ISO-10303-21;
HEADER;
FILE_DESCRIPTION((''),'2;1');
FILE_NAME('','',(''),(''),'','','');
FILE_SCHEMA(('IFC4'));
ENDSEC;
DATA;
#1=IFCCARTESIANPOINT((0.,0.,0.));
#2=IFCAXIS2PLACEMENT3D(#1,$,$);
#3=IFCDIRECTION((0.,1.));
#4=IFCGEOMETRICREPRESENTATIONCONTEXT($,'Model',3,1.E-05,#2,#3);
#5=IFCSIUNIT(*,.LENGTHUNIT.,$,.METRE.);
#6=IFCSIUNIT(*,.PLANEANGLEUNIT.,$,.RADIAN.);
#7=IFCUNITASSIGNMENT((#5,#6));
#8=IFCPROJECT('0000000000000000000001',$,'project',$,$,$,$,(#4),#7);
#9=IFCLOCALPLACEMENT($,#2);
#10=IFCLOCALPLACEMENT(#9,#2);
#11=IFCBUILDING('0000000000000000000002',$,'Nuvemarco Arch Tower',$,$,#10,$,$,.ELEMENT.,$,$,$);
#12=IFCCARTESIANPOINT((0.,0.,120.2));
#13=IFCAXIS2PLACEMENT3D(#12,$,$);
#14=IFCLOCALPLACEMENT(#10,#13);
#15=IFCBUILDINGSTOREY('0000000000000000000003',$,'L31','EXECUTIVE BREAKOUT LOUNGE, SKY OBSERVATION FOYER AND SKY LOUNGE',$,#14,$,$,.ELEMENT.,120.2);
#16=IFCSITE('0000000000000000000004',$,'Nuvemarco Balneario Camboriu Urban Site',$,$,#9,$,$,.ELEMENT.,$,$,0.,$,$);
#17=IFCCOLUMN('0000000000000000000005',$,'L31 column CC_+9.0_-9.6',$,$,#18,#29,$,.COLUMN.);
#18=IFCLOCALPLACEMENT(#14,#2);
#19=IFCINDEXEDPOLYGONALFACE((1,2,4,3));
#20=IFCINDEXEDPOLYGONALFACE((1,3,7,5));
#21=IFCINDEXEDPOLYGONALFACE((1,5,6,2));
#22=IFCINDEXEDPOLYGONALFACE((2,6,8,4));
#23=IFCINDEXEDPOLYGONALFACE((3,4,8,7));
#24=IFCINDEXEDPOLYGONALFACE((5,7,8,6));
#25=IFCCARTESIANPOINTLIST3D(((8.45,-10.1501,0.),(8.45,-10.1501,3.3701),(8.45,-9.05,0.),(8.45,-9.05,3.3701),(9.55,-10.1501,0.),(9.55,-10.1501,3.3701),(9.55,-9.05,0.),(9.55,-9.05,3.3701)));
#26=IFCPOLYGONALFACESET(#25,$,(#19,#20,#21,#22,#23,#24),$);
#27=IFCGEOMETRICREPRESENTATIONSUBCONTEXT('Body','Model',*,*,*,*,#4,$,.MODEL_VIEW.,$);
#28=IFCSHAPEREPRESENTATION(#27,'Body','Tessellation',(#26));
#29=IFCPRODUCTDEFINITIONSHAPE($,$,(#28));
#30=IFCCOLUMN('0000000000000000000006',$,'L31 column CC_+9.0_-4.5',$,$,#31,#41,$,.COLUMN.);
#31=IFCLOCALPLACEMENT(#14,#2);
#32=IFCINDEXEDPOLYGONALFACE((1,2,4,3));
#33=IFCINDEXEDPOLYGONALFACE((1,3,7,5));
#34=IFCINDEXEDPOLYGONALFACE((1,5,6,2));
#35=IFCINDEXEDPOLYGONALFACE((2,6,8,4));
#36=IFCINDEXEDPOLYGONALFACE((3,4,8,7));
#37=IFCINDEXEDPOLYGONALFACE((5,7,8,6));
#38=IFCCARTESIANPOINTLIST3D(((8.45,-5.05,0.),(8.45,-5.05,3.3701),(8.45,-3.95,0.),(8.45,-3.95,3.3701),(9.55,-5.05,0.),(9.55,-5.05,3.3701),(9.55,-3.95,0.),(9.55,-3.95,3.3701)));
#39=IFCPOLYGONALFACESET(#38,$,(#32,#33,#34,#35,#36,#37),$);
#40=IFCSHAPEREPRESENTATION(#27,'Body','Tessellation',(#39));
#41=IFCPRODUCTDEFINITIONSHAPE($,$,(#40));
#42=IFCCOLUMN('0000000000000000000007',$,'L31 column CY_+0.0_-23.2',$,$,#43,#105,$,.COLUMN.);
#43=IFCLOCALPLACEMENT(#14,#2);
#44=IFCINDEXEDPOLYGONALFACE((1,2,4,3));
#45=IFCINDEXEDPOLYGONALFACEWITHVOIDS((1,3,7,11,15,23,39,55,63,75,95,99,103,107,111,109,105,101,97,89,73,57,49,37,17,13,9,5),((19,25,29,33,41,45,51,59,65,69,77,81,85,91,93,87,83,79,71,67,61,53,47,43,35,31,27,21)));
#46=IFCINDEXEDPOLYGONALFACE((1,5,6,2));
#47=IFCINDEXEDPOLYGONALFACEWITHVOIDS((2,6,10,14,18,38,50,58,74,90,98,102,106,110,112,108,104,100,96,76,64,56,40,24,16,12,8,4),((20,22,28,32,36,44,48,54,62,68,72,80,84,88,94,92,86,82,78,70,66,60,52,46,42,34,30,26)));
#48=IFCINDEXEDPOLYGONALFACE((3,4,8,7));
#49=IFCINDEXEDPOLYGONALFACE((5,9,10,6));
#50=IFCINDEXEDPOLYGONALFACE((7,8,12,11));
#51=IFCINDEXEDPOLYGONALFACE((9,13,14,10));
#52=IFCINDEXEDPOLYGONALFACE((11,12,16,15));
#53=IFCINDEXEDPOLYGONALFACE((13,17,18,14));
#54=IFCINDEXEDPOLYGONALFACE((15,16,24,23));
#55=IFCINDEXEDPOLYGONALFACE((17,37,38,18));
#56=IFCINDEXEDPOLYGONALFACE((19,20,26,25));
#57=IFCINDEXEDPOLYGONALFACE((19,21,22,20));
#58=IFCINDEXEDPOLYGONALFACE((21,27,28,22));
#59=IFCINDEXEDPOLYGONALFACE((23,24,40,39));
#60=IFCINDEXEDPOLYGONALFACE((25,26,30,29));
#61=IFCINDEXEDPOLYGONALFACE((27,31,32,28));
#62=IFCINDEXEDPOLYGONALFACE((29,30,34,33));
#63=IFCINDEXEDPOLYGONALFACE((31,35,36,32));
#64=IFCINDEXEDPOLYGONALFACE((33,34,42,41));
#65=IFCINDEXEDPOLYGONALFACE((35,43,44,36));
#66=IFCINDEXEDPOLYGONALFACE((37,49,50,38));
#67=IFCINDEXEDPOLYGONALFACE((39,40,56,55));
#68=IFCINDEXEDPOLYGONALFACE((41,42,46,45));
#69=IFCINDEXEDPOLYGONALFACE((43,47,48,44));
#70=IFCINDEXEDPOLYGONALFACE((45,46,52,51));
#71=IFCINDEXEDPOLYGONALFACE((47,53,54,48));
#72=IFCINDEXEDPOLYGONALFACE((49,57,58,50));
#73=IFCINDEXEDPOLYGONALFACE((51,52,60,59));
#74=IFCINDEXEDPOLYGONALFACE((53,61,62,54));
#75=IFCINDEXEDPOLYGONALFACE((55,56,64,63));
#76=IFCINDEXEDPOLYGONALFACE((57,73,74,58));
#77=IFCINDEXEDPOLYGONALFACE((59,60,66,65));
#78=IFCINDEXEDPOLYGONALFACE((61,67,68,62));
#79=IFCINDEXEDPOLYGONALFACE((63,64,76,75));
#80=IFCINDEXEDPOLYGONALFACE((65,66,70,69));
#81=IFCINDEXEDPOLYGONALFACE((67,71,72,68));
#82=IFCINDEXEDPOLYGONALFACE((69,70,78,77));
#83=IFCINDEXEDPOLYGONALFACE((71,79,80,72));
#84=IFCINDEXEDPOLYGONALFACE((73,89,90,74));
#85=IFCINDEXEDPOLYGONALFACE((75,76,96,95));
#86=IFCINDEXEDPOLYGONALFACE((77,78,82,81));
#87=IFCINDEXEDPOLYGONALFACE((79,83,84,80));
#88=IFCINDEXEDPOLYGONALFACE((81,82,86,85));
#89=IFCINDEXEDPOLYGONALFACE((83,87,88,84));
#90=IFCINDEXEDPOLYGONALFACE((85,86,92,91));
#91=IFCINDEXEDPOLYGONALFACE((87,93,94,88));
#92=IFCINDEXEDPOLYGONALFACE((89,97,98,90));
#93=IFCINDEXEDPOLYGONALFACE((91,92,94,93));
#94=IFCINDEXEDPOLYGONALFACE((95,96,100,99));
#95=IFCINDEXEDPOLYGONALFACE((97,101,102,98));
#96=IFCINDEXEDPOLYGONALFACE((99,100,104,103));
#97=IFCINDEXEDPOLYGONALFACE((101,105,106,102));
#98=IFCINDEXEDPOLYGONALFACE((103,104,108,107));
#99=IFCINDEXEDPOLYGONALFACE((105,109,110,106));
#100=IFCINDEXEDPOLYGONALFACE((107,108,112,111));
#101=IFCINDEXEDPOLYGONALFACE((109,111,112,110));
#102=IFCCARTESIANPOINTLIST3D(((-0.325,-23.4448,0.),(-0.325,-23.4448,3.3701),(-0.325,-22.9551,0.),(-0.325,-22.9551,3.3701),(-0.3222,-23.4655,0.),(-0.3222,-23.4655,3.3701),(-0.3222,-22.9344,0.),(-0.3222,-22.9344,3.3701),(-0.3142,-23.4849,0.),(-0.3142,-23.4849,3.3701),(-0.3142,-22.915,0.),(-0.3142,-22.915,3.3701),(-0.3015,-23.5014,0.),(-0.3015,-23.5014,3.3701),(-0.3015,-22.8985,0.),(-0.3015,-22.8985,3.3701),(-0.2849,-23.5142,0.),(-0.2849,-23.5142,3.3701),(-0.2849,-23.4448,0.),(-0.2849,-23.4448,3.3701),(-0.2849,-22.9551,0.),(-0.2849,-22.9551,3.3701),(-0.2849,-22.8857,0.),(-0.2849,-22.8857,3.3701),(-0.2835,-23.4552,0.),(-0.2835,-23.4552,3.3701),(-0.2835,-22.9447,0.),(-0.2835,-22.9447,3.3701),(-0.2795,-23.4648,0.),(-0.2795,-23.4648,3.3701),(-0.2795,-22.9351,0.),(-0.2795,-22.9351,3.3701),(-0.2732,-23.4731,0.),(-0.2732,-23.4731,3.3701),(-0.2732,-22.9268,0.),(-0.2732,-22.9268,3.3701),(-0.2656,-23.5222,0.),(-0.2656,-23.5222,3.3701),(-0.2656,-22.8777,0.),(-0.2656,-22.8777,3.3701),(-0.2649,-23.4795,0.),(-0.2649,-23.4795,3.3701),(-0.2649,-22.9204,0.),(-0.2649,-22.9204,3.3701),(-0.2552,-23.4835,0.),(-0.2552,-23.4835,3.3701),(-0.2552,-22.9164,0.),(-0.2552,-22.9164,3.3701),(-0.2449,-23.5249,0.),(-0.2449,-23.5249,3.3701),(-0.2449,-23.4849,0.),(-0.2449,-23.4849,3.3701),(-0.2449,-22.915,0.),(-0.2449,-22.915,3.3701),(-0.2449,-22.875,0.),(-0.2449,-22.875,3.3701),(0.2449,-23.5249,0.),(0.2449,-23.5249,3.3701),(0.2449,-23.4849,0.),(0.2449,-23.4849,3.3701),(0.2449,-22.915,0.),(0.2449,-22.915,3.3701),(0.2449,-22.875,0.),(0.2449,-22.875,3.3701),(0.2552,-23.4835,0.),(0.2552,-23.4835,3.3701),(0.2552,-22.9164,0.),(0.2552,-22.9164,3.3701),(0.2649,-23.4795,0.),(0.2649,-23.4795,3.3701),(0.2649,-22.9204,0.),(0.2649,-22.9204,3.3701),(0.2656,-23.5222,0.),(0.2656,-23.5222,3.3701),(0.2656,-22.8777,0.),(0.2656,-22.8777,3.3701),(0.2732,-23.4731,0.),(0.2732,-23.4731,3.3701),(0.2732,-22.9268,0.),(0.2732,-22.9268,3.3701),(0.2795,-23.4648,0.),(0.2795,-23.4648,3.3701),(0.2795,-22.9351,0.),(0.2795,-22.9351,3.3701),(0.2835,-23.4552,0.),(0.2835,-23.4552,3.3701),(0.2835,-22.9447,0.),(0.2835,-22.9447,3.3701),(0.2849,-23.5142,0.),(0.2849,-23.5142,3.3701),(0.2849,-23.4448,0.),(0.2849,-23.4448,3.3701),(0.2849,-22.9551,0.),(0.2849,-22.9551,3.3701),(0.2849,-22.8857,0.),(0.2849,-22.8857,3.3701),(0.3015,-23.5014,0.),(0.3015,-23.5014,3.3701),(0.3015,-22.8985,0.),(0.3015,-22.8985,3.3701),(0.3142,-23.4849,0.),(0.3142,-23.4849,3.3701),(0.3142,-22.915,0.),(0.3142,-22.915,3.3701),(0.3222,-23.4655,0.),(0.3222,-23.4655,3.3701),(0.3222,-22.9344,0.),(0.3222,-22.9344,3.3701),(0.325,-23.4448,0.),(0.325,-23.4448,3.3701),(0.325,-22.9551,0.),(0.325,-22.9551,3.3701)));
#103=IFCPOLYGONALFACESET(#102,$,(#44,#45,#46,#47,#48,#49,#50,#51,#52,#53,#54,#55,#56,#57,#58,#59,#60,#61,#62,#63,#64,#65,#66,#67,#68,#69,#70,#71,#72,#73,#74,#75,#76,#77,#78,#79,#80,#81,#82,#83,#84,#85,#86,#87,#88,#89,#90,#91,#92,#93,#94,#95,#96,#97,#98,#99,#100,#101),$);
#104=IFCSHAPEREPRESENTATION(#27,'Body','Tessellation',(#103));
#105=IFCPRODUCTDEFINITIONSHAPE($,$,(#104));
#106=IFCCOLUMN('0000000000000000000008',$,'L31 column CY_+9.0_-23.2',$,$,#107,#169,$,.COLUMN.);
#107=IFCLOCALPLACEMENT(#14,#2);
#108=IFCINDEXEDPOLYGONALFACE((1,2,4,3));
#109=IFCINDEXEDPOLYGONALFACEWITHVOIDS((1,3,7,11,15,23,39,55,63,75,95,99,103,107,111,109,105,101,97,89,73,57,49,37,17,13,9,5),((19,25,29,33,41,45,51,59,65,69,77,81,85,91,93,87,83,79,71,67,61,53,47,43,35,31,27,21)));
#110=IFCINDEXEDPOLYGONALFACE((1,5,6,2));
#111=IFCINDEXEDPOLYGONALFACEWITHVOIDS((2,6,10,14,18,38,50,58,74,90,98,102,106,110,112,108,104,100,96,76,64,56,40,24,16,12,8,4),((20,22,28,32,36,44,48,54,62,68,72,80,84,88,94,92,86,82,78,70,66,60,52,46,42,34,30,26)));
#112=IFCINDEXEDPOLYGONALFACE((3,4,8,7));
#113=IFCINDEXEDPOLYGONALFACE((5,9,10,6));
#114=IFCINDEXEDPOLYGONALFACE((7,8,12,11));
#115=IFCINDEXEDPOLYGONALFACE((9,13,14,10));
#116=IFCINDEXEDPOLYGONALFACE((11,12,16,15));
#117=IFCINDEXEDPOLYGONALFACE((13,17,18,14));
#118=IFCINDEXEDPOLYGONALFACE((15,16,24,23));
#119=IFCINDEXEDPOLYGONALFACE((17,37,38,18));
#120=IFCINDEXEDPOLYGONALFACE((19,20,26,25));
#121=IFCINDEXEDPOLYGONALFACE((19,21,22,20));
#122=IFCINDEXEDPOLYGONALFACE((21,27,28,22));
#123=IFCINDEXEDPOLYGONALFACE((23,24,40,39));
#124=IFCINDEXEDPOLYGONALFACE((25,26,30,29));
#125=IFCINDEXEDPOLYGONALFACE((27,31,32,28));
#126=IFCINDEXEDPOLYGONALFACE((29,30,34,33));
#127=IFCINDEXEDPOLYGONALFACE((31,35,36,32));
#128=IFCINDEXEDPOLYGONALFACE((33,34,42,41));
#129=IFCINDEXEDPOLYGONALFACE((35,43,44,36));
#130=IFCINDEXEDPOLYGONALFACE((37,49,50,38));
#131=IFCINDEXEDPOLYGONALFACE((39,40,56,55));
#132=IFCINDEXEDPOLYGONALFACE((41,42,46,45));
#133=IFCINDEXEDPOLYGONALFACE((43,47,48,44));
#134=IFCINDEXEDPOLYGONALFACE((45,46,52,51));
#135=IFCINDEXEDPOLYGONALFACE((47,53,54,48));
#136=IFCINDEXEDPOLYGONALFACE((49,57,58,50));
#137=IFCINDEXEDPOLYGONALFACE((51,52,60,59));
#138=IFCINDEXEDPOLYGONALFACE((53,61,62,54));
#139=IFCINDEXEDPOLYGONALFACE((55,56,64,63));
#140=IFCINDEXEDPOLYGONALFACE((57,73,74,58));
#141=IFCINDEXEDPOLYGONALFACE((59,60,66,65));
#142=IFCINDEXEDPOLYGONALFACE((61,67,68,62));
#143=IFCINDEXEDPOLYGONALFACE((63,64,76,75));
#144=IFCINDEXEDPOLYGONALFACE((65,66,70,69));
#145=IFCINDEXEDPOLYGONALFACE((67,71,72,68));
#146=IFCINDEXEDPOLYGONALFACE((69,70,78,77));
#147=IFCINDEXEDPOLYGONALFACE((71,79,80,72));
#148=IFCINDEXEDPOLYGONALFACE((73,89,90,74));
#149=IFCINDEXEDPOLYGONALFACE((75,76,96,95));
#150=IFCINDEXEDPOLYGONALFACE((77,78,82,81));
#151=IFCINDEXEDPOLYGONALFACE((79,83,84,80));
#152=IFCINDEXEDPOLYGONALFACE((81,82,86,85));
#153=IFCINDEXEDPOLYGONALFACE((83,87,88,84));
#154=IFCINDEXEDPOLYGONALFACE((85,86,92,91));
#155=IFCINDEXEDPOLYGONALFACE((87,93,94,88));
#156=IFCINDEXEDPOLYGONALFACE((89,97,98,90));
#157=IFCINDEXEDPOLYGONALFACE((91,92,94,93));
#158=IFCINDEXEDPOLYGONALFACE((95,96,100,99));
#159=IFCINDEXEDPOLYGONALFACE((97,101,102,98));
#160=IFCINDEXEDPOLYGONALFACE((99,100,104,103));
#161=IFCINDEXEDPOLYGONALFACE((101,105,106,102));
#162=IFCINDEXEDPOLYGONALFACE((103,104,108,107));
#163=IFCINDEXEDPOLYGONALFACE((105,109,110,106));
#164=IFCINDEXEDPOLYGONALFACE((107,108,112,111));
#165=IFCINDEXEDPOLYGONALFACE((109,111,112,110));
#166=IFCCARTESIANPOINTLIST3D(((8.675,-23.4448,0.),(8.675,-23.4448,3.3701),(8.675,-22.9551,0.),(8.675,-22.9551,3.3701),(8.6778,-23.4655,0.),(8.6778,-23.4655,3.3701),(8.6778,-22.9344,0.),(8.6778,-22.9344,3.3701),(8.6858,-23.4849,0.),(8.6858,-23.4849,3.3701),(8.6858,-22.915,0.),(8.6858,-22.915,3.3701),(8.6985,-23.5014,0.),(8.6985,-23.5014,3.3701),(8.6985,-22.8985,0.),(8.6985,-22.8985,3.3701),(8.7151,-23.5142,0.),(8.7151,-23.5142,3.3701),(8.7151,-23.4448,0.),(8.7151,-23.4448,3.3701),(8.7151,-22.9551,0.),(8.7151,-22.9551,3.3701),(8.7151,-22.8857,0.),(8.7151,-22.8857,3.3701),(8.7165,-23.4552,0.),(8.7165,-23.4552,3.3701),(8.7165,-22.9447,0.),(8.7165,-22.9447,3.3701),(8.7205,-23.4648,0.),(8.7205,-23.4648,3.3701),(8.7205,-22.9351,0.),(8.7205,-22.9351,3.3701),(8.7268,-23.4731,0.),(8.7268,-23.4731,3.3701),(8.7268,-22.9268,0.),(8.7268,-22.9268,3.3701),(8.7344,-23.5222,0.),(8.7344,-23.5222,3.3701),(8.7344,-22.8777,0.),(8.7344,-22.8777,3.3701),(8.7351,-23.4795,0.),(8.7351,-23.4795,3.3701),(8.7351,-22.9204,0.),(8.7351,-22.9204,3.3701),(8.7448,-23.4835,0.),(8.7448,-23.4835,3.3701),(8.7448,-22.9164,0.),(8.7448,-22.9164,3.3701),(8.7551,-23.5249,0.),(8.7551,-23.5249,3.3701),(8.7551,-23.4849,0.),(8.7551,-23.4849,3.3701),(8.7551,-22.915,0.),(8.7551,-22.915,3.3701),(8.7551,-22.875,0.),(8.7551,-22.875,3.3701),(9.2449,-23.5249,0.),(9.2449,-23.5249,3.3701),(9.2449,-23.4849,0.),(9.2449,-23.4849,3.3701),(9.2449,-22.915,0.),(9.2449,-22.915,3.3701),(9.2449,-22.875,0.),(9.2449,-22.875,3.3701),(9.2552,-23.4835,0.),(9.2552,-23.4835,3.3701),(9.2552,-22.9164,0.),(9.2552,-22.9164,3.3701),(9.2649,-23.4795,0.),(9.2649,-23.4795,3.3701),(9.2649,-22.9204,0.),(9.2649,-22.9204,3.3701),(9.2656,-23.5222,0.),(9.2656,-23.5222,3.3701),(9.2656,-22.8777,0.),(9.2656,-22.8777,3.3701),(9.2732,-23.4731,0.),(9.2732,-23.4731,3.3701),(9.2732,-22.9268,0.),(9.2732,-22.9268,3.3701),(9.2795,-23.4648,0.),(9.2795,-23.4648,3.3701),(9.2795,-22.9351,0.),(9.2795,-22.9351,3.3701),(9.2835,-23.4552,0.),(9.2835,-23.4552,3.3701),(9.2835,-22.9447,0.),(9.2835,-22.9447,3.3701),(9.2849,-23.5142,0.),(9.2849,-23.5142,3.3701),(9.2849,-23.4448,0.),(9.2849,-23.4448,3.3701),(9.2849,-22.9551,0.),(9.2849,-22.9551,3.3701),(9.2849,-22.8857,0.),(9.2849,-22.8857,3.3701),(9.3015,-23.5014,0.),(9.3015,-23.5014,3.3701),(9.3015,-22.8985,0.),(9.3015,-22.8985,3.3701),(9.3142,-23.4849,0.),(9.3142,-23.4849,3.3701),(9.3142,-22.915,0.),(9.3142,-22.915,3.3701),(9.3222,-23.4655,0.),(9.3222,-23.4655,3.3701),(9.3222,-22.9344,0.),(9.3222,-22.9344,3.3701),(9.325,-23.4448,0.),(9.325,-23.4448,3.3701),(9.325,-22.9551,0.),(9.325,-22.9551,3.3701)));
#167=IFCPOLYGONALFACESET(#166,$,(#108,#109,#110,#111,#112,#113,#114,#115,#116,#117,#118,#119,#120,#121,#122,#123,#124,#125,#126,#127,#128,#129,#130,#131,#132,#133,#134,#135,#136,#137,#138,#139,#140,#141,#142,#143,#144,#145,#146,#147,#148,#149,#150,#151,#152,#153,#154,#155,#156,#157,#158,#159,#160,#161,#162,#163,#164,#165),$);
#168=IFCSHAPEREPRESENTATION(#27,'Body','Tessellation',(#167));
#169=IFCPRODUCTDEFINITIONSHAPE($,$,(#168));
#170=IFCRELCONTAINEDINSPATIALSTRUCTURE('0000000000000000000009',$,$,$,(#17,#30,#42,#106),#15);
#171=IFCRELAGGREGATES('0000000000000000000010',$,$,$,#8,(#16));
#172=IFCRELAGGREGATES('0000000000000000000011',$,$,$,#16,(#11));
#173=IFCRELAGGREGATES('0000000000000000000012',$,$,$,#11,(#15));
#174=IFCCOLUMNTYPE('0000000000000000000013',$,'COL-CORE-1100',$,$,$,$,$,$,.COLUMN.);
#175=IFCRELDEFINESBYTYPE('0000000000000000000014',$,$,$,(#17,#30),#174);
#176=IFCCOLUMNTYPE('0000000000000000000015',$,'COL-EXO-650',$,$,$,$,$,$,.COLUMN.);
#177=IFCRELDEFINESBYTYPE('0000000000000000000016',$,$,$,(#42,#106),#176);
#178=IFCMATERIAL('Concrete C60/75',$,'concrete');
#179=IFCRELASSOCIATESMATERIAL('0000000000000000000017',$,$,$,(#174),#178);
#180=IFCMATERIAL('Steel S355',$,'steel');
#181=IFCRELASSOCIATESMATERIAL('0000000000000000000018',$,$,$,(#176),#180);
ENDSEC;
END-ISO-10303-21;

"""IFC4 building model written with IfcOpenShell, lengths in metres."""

from ifc_helpers import new_model, si_unit, direction, frame, origin, origin_2d, place, context, subcontext, project, spatial, rectangle, hollow_rectangle, extrude, material, material_profile, profile_set, type_object, element, save


model = new_model("IFC4")

# Units and contexts
model_context = context("Model", 3, precision=1e-05, world=origin(), true_north=direction((0.0, 1.0)))
body_context = subcontext(model_context, "Body", "Model", "MODEL_VIEW")
ifc_project = project(units=[si_unit("LENGTHUNIT", "METRE"), si_unit("PLANEANGLEUNIT", "RADIAN")], contexts=[model_context])

# Site, building, storey
site_placement = place(None, origin())
site = spatial("IfcSite", under=ifc_project, at=site_placement, Name="Nuvemarco Balneario Camboriu Urban Site", CompositionType="ELEMENT", RefElevation=0.0)
building_placement = place(site_placement, origin())
building = spatial("IfcBuilding", under=site, at=building_placement, Name="Nuvemarco Arch Tower", CompositionType="ELEMENT")
storey_placement = place(building_placement, frame((0.0, 0.0, 120.2)))
storey = spatial("IfcBuildingStorey", under=building, at=storey_placement, Name="L31", Description="EXECUTIVE BREAKOUT LOUNGE, SKY OBSERVATION FOYER AND SKY LOUNGE", CompositionType="ELEMENT", Elevation=120.2)

# Columns
ifc_material_1 = material(Name="Concrete C60/75", Category="concrete")
ifc_material_profile_1 = material_profile(ifc_material_1, rectangle(XDim=1.1001, YDim=1.1001, at=origin_2d()), Name="RC-COL-1100x1100")
ifc_profile_set_1 = profile_set([ifc_material_profile_1], Name="Concrete C60/75")
column_type_1 = type_object("IfcColumnType", Name="COL-CORE-1100", PredefinedType="COLUMN", material=ifc_profile_set_1)
for number, where, z_axis, x_axis, name in (
    (1, (9.0, -9.6001, 0.0), (0.0, 0.0, 1.0), (1.0, 0.0, 0.0), "L31 column CC_+9.0_-9.6"),
    (2, (9.0, -4.5, 0.0), (0.0, 0.0, 1.0), (1.0, 0.0, 0.0), "L31 column CC_+9.0_-4.5"),
):
    element("IfcColumn", number, at=place(storey_placement, frame(where, z_axis=z_axis, x_axis=x_axis)), inside=storey, type_object=column_type_1, Name=name, PredefinedType="COLUMN", context=body_context, shape_type="SweptSolid", body=[
        extrude(rectangle(XDim=1.1001, YDim=1.1001, at=origin_2d()), origin(), (0.0, 0.0, 1.0), 3.3701),
    ])
ifc_material_2 = material(Name="Steel S355", Category="steel")
ifc_material_profile_2 = material_profile(ifc_material_2, hollow_rectangle(XDim=0.6499, YDim=0.6499, WallThickness=0.04, InnerFilletRadius=0.04, OuterFilletRadius=0.0801, at=origin_2d()), Name="SHS650x650x40")
ifc_profile_set_2 = profile_set([ifc_material_profile_2], Name="Steel S355")
column_type_2 = type_object("IfcColumnType", Name="COL-EXO-650", PredefinedType="COLUMN", material=ifc_profile_set_2)
for number, where, z_axis, x_axis, name in (
    (3, (0.0, -23.2, 0.0), (0.0, 0.0, 1.0), (1.0, 0.0, 0.0), "L31 column CY_+0.0_-23.2"),
    (4, (9.0, -23.2, 0.0), (0.0, 0.0, 1.0), (1.0, 0.0, 0.0), "L31 column CY_+9.0_-23.2"),
):
    element("IfcColumn", number, at=place(storey_placement, frame(where, z_axis=z_axis, x_axis=x_axis)), inside=storey, type_object=column_type_2, Name=name, PredefinedType="COLUMN", context=body_context, shape_type="SweptSolid", body=[
        extrude(hollow_rectangle(XDim=0.6499, YDim=0.6499, WallThickness=0.04, InnerFilletRadius=0.04, OuterFilletRadius=0.0801, at=origin_2d()), origin(), (0.0, 0.0, 1.0), 3.3701),
    ])

save(model, "model.ifc")
